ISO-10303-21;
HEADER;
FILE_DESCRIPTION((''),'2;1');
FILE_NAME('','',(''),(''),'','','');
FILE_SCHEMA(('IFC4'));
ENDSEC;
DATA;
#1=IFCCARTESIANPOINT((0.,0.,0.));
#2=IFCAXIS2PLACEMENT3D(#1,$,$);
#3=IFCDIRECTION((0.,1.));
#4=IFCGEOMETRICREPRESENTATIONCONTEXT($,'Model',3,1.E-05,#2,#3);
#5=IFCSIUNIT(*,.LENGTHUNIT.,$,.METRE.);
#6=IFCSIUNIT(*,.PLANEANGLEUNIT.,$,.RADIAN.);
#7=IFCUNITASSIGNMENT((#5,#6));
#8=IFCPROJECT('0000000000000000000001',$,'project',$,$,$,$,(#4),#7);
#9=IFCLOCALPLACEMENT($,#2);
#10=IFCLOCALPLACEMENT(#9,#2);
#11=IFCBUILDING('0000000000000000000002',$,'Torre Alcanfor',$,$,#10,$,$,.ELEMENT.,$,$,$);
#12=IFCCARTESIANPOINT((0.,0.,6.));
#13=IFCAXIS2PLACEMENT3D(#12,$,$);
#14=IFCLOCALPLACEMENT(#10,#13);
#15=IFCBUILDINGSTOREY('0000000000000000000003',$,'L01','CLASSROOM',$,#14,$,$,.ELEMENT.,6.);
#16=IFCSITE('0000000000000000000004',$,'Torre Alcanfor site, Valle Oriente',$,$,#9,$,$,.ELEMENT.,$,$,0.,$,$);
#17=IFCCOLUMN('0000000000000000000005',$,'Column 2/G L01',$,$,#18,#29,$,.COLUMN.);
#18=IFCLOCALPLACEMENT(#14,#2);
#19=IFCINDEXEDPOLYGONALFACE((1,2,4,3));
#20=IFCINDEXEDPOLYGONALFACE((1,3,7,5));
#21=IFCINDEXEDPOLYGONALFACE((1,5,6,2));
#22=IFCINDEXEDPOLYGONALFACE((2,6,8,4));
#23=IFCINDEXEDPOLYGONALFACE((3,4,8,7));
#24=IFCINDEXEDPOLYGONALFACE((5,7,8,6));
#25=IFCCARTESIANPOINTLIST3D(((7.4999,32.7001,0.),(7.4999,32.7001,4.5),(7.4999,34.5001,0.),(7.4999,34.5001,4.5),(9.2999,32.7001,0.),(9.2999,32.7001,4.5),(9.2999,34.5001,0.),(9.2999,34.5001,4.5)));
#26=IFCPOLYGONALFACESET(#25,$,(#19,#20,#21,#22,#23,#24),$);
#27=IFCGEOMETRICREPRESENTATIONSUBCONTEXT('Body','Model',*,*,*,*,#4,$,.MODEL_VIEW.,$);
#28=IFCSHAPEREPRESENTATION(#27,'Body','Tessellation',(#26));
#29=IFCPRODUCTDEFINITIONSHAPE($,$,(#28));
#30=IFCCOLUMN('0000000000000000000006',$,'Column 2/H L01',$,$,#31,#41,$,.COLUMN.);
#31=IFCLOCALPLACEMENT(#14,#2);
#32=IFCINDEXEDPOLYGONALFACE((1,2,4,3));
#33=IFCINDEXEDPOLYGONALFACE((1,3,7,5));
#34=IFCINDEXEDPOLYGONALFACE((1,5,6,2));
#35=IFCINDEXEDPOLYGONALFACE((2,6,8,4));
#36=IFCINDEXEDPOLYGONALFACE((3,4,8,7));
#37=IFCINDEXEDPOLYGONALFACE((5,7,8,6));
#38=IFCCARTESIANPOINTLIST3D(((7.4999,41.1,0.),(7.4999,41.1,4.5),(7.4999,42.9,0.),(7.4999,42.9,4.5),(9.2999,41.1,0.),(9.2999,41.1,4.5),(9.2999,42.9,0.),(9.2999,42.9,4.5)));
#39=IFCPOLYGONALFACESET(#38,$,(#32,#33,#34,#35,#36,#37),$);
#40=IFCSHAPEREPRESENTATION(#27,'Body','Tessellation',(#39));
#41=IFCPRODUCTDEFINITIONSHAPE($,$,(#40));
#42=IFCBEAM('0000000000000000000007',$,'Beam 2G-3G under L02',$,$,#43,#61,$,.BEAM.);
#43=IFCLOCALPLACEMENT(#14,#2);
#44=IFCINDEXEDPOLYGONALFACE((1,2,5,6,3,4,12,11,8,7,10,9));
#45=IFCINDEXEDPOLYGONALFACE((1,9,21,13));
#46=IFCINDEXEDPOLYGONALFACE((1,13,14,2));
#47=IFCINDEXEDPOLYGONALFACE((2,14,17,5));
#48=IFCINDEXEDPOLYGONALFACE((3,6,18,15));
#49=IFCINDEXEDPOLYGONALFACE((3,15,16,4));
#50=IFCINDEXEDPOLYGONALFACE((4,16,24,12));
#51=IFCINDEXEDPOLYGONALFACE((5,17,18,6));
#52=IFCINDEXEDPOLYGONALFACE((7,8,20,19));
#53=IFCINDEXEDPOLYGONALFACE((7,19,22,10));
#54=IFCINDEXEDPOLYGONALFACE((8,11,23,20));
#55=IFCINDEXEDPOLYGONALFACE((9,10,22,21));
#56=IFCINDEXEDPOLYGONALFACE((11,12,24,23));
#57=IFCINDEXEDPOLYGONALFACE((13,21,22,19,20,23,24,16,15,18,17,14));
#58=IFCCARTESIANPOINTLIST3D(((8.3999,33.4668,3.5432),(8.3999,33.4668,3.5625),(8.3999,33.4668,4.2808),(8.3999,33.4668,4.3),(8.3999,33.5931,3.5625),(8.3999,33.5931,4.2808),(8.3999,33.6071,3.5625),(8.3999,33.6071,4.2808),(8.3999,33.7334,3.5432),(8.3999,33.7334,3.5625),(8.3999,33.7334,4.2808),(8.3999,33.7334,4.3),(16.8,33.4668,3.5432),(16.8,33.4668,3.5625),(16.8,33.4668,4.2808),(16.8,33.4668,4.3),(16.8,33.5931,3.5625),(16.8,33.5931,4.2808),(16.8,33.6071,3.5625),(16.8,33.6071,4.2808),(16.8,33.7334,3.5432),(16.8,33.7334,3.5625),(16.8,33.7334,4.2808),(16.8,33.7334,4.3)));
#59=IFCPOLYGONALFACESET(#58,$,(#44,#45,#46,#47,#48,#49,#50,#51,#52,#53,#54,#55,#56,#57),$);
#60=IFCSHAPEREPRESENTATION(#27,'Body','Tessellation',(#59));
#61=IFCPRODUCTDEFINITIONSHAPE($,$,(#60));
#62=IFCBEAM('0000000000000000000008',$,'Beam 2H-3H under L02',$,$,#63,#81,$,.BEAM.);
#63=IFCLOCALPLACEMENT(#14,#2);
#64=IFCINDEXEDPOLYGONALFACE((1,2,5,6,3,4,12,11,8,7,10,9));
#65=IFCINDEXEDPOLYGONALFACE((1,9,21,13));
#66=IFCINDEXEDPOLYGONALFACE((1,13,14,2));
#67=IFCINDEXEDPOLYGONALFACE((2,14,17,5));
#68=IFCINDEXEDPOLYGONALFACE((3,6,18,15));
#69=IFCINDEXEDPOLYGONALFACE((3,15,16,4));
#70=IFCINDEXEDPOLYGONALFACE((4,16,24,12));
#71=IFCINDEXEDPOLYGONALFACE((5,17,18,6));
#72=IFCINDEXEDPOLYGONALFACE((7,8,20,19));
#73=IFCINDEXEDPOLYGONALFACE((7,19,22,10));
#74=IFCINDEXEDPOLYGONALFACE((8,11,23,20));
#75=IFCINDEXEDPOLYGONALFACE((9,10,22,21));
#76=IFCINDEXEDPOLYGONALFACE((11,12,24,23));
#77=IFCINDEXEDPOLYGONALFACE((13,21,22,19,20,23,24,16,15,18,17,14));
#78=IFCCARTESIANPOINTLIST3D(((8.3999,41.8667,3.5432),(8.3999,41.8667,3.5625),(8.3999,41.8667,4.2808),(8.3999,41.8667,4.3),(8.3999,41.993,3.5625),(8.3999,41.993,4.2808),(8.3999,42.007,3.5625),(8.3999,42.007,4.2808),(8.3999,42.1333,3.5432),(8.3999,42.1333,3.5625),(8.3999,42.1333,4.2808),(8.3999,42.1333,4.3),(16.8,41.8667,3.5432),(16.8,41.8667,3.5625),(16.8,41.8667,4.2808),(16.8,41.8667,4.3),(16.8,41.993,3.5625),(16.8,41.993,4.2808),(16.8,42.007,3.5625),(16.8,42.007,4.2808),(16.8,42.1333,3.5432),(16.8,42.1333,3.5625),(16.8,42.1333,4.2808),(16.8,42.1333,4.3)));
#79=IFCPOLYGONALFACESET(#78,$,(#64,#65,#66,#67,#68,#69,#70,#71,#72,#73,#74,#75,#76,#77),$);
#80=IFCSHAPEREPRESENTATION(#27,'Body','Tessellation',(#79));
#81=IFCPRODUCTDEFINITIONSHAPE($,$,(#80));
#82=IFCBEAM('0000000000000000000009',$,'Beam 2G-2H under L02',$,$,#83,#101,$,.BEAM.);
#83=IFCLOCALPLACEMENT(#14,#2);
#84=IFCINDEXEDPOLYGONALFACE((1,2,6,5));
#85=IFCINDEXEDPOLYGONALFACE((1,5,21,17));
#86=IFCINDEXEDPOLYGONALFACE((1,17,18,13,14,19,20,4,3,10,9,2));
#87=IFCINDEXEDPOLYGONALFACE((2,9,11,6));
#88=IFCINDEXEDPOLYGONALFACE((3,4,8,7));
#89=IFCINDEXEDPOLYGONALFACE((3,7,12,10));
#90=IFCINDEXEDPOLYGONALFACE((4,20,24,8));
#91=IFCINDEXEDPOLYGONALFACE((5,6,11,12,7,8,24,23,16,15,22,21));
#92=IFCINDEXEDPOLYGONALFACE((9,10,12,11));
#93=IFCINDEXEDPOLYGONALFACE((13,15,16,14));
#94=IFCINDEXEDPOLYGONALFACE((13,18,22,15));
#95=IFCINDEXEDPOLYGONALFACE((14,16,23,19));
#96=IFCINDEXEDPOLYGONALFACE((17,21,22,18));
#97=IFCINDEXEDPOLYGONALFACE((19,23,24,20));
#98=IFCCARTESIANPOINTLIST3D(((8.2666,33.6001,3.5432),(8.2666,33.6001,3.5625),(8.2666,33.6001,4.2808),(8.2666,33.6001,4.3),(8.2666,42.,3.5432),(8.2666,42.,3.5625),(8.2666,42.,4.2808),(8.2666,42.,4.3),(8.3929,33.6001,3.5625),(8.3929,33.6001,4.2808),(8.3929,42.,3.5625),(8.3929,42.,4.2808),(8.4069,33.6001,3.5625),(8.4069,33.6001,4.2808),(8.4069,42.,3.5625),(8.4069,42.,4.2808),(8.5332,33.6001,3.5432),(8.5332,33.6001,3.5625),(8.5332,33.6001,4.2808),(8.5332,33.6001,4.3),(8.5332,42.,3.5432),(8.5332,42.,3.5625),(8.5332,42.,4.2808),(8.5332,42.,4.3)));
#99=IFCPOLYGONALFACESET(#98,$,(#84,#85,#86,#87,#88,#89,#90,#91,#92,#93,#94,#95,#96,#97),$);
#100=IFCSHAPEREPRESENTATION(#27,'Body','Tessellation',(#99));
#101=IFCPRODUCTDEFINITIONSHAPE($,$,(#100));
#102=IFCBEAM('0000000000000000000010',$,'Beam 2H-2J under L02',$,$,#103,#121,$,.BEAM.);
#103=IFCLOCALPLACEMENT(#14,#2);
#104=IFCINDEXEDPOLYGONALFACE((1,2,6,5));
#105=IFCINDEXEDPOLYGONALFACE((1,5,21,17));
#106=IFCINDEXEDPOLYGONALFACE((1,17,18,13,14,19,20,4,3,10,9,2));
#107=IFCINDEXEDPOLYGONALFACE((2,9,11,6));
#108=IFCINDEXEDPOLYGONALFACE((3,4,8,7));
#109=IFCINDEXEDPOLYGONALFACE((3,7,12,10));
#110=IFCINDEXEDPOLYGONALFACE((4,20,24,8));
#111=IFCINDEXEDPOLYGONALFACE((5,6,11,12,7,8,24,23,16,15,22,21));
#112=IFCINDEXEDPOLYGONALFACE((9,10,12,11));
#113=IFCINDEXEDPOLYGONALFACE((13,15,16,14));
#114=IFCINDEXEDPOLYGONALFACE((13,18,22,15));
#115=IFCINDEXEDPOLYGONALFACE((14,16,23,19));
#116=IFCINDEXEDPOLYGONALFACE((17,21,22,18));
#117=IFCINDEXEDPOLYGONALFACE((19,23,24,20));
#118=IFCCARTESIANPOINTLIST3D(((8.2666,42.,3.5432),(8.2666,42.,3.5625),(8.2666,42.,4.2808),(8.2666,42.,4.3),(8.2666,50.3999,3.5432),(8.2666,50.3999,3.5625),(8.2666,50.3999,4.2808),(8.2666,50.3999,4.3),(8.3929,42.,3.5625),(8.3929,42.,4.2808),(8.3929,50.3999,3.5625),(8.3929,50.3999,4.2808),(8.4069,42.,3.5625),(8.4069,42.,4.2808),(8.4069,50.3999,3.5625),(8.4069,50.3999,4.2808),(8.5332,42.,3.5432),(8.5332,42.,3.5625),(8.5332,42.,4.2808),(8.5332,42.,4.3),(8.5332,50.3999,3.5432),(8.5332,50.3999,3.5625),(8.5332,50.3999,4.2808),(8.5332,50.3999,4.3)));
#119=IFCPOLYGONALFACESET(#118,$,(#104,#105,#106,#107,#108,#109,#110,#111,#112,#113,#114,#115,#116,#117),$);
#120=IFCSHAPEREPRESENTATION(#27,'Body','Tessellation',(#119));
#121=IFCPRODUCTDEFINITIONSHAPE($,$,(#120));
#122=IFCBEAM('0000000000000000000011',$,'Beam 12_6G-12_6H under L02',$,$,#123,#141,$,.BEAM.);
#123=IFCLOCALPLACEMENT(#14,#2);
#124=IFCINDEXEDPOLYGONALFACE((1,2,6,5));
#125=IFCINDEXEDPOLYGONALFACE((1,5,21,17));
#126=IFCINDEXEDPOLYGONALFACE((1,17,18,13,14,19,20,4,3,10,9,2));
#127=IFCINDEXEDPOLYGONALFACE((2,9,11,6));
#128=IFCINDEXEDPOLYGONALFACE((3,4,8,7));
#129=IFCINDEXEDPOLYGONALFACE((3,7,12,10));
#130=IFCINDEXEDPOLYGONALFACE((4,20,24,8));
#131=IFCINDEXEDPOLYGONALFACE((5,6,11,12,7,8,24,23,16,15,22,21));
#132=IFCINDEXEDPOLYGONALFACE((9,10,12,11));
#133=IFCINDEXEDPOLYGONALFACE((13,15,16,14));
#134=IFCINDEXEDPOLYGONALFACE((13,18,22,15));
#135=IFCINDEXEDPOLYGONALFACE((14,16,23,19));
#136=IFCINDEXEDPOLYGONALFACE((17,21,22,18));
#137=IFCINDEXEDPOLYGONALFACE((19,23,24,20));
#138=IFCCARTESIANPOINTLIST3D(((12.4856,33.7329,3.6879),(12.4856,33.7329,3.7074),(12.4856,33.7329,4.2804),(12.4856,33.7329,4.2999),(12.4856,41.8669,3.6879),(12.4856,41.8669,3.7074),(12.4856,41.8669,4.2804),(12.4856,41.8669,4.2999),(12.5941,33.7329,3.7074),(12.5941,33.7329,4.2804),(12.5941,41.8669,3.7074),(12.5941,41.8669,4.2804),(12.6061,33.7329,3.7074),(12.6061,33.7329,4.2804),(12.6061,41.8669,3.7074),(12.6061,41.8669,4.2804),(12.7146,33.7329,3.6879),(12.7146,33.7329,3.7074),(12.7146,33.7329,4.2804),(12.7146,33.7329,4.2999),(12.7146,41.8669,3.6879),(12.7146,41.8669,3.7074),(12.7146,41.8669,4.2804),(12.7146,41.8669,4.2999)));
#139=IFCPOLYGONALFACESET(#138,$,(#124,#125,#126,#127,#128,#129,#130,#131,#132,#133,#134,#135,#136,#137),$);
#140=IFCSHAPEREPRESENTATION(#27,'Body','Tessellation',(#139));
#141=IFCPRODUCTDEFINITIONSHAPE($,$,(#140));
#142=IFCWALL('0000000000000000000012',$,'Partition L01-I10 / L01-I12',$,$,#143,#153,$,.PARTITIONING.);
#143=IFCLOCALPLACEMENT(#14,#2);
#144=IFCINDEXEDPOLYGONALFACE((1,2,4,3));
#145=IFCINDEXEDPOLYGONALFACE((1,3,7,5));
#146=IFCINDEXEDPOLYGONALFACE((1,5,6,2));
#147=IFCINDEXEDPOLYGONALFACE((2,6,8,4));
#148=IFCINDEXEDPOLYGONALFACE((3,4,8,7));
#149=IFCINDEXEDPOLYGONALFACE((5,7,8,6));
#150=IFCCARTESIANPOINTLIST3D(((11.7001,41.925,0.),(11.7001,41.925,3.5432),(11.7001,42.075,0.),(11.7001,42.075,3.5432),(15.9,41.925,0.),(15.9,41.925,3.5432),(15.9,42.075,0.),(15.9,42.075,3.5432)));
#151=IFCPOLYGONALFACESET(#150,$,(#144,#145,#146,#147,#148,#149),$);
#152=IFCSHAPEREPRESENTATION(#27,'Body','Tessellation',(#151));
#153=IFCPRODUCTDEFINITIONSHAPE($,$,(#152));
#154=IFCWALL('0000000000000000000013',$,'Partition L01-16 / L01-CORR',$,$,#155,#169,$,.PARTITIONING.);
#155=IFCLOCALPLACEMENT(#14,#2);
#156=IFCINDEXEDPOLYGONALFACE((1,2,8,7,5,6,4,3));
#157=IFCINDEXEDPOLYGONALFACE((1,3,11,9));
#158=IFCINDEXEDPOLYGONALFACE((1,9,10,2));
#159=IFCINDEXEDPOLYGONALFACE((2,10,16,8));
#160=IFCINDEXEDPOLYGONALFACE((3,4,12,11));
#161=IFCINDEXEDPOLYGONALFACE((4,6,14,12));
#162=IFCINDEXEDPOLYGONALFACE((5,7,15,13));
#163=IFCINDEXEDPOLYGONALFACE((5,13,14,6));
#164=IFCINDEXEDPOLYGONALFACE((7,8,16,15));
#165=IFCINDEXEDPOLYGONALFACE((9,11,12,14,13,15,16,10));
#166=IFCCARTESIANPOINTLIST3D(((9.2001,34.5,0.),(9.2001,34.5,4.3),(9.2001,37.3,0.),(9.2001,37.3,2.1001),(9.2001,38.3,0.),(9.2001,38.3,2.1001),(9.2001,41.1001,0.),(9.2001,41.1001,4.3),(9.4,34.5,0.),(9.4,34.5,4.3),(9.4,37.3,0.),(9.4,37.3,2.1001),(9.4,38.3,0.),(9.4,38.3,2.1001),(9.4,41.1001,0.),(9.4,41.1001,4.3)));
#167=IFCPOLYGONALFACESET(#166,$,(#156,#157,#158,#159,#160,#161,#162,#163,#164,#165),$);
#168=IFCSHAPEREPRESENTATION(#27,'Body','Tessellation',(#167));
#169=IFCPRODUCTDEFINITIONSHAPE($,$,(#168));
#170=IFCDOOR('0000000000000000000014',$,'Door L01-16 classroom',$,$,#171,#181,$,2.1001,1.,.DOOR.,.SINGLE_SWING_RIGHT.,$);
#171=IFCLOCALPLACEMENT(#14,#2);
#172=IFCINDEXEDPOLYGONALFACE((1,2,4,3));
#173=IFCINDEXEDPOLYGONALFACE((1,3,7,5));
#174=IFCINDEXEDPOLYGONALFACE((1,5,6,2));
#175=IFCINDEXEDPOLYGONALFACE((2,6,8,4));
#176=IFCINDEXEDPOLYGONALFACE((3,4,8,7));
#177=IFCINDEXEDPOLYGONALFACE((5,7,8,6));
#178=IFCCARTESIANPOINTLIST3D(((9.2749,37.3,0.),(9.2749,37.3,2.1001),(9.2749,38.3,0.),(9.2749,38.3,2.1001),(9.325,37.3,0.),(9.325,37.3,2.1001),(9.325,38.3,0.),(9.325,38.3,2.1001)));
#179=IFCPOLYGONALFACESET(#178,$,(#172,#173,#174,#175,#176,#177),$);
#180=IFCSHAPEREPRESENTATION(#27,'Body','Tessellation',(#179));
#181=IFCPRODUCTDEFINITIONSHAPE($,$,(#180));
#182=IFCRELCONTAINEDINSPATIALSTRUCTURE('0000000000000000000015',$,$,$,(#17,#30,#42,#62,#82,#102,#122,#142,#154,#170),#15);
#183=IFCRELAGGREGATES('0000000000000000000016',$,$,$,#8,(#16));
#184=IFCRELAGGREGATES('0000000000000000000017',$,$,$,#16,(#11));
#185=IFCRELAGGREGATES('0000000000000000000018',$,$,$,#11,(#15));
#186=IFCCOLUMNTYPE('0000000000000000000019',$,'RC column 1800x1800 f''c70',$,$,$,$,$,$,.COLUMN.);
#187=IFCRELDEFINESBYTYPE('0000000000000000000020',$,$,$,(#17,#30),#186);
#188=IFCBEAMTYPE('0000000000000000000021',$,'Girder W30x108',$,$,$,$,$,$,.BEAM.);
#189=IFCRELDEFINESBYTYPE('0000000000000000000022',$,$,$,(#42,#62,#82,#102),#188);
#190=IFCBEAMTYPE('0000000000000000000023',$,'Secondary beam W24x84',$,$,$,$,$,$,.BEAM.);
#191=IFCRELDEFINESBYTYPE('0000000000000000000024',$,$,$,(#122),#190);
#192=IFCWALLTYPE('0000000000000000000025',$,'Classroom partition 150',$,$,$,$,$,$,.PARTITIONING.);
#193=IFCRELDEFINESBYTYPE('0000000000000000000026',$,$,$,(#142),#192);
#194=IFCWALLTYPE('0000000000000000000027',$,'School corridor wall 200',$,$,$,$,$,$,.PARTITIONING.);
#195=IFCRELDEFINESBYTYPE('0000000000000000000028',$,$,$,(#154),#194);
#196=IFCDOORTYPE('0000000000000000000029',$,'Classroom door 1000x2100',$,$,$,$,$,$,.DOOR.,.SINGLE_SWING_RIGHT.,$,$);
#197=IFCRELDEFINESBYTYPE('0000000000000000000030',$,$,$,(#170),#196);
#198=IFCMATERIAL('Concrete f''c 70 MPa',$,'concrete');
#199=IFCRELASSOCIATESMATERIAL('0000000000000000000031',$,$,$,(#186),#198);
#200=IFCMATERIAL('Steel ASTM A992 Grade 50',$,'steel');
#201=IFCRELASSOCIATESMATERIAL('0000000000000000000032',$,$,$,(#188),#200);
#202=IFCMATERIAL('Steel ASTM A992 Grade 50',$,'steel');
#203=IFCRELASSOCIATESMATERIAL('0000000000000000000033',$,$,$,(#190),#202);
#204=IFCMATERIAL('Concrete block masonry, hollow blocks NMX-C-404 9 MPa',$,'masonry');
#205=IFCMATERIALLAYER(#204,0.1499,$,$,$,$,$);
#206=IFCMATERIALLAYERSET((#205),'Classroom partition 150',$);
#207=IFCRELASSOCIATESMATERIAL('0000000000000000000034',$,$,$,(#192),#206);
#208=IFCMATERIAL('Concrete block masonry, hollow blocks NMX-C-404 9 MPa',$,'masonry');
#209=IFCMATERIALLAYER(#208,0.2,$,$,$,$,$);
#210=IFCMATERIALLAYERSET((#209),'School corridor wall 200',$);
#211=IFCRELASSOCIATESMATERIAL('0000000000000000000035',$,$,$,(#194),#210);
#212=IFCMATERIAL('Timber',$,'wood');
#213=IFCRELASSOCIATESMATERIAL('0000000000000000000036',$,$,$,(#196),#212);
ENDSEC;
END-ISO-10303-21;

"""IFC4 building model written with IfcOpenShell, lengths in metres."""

from ifc_helpers import new_model, si_unit, direction, frame, frame_2d, origin, origin_2d, place, context, subcontext, project, spatial, rectangle, i_section, extrude, material, layer, layer_set, material_profile, profile_set, type_object, element, fill, save


model = new_model("IFC4")

# Units and contexts
model_context = context("Model", 3, precision=1e-05, world=origin(), true_north=direction((0.0, 1.0)))
body_context = subcontext(model_context, "Body", "Model", "MODEL_VIEW")
ifc_project = project(units=[si_unit("LENGTHUNIT", "METRE"), si_unit("PLANEANGLEUNIT", "RADIAN")], contexts=[model_context])

# Site, building, storey
site_placement = place(None, origin())
site = spatial("IfcSite", under=ifc_project, at=site_placement, Name="Torre Alcanfor site, Valle Oriente", CompositionType="ELEMENT", RefElevation=0.0)
building_placement = place(site_placement, origin())
building = spatial("IfcBuilding", under=site, at=building_placement, Name="Torre Alcanfor", CompositionType="ELEMENT")
storey_placement = place(building_placement, frame((0.0, 0.0, 6.0)))
storey = spatial("IfcBuildingStorey", under=building, at=storey_placement, Name="L01", Description="CLASSROOM", CompositionType="ELEMENT", Elevation=6.0)

# Columns
ifc_material_1 = material(Name="Concrete f'c 70 MPa", Category="concrete")
ifc_material_profile_1 = material_profile(ifc_material_1, rectangle(XDim=1.8, YDim=1.8, at=origin_2d()), Name="1800x1800")
ifc_profile_set_1 = profile_set([ifc_material_profile_1], Name="Concrete f'c 70 MPa")
column_type = type_object("IfcColumnType", Name="RC column 1800x1800 f'c70", PredefinedType="COLUMN", material=ifc_profile_set_1)
for number, where, z_axis, x_axis, name in (
    (1, (8.3999, 33.6001, 0.0), (0.0, 0.0, 1.0), (1.0, 0.0, 0.0), "Column 2/G L01"),
    (2, (8.3999, 42.0, 0.0), (0.0, 0.0, 1.0), (1.0, 0.0, 0.0), "Column 2/H L01"),
):
    element("IfcColumn", number, at=place(storey_placement, frame(where, z_axis=z_axis, x_axis=x_axis)), inside=storey, type_object=column_type, Name=name, PredefinedType="COLUMN", context=body_context, shape_type="SweptSolid", body=[
        extrude(rectangle(XDim=1.8, YDim=1.8, at=origin_2d()), origin(), (0.0, 0.0, 1.0), 4.5),
    ])

# Beams
ifc_material_2 = material(Name="Steel ASTM A992 Grade 50", Category="steel")
ifc_material_profile_2 = material_profile(ifc_material_2, i_section(OverallWidth=0.2666, OverallDepth=0.7568, WebThickness=0.0139, FlangeThickness=0.0193, at=origin_2d()), Name="W30x108")
ifc_profile_set_2 = profile_set([ifc_material_profile_2], Name="Steel ASTM A992 Grade 50")
beam_type_1 = type_object("IfcBeamType", Name="Girder W30x108", PredefinedType="BEAM", material=ifc_profile_set_2)
for number, where, z_axis, x_axis, name in (
    (3, (8.3999, 33.6001, 3.9216), (1.0, 0.0, 0.0), (0.0, 1.0, 0.0), "Beam 2G-3G under L02"),
    (4, (8.3999, 42.0, 3.9216), (1.0, 0.0, 0.0), (0.0, 1.0, 0.0), "Beam 2H-3H under L02"),
):
    element("IfcBeam", number, at=place(storey_placement, frame(where, z_axis=z_axis, x_axis=x_axis)), inside=storey, type_object=beam_type_1, Name=name, PredefinedType="BEAM", context=body_context, shape_type="SweptSolid", body=[
        extrude(i_section(OverallWidth=0.2666, OverallDepth=0.7568, WebThickness=0.0139, FlangeThickness=0.0193, at=origin_2d()), origin(), (0.0, 0.0, 1.0), 8.4001),
    ])
for number, where, z_axis, x_axis, name in (
    (5, (8.3999, 33.6001, 3.9216), (0.0, 1.0, 0.0), (-1.0, 0.0, 0.0), "Beam 2G-2H under L02"),
    (6, (8.3999, 42.0, 3.9216), (0.0, 1.0, 0.0), (-1.0, 0.0, 0.0), "Beam 2H-2J under L02"),
):
    element("IfcBeam", number, at=place(storey_placement, frame(where, z_axis=z_axis, x_axis=x_axis)), inside=storey, type_object=beam_type_1, Name=name, PredefinedType="BEAM", context=body_context, shape_type="SweptSolid", body=[
        extrude(i_section(OverallWidth=0.2666, OverallDepth=0.7568, WebThickness=0.0139, FlangeThickness=0.0193, at=origin_2d()), origin(), (0.0, 0.0, 1.0), 8.3999),
    ])
ifc_material_3 = material(Name="Steel ASTM A992 Grade 50", Category="steel")
ifc_material_profile_3 = material_profile(ifc_material_3, i_section(OverallWidth=0.229, OverallDepth=0.6121, WebThickness=0.012, FlangeThickness=0.0195, at=origin_2d()), Name="W24x84")
ifc_profile_set_3 = profile_set([ifc_material_profile_3], Name="Steel ASTM A992 Grade 50")
beam_type_2 = type_object("IfcBeamType", Name="Secondary beam W24x84", PredefinedType="BEAM", material=ifc_profile_set_3)
beam_placement = place(storey_placement, frame((12.6001, 33.7329, 3.9939), z_axis=(0.0, 1.0, 0.0), x_axis=(-1.0, 0.0, 0.0)))
element("IfcBeam", 7, at=beam_placement, inside=storey, type_object=beam_type_2, Name="Beam 12_6G-12_6H under L02", PredefinedType="BEAM", context=body_context, shape_type="SweptSolid", body=[
    extrude(i_section(OverallWidth=0.229, OverallDepth=0.6121, WebThickness=0.012, FlangeThickness=0.0195, at=origin_2d()), origin(), (0.0, 0.0, 1.0), 8.134),
])

# Wall
ifc_material_4 = material(Name="Concrete block masonry, hollow blocks NMX-C-404 9 MPa", Category="masonry")
ifc_layer_1 = layer(ifc_material_4, 0.1499)
ifc_layer_set_1 = layer_set([ifc_layer_1], Name="Classroom partition 150")
wall_type_1 = type_object("IfcWallType", Name="Classroom partition 150", PredefinedType="PARTITIONING", material=ifc_layer_set_1)
wall_1_placement = place(storey_placement, frame((11.7, 42.0, 0.0), z_axis=(0.0, 0.0, 1.0), x_axis=(1.0, 0.0, 0.0)))
element("IfcWall", 8, at=wall_1_placement, inside=storey, type_object=wall_type_1, Name="Partition L01-I10 / L01-I12", PredefinedType="PARTITIONING", context=body_context, shape_type="SweptSolid", body=[
    extrude(rectangle(XDim=4.2, YDim=0.1499, at=frame_2d((2.1001, 0.0))), origin(), (0.0, 0.0, 1.0), 3.5432),
])

# Wall, opening, door
ifc_material_5 = material(Name="Concrete block masonry, hollow blocks NMX-C-404 9 MPa", Category="masonry")
ifc_layer_2 = layer(ifc_material_5, 0.2)
ifc_layer_set_2 = layer_set([ifc_layer_2], Name="School corridor wall 200")
wall_type_2 = type_object("IfcWallType", Name="School corridor wall 200", PredefinedType="PARTITIONING", material=ifc_layer_set_2)
wall_2_placement = place(storey_placement, frame((9.3, 41.1001, 0.0), z_axis=(0.0, 0.0, 1.0), x_axis=(0.0, -1.0, 0.0)))
wall_2 = element("IfcWall", 9, at=wall_2_placement, inside=storey, type_object=wall_type_2, Name="Partition L01-16 / L01-CORR", PredefinedType="PARTITIONING", context=body_context, shape_type="SweptSolid", body=[
    extrude(rectangle(XDim=6.6001, YDim=0.2, at=frame_2d((3.3, 0.0))), origin(), (0.0, 0.0, 1.0), 4.3),
])
opening_1_placement = place(wall_2_placement, frame((2.8, 0.0, 0.0)))
opening_1 = element("IfcOpeningElement", 10, at=opening_1_placement, cuts=wall_2, PredefinedType="OPENING", context=body_context, shape_type="SweptSolid", body=[
    extrude(rectangle(XDim=1.0, YDim=2.1001, at=frame_2d((0.5, 1.05))), frame((0.0, 0.1099, 0.0), z_axis=(0.0, -1.0, 0.0), x_axis=(1.0, 0.0, 0.0)), (0.0, 0.0, 1.0), 0.22),
])
ifc_material_6 = material(Name="Timber", Category="wood")
door_type_1 = type_object("IfcDoorType", Name="Classroom door 1000x2100", OperationType="SINGLE_SWING_RIGHT", PredefinedType="DOOR", material=ifc_material_6)
door_1_placement = place(opening_1_placement, frame((1.0, 0.0, 0.0), z_axis=(0.0, 0.0, 1.0), x_axis=(-1.0, 0.0, 0.0)))
door_1 = element("IfcDoor", 11, at=door_1_placement, inside=storey, type_object=door_type_1, Name="Door L01-16 classroom", OperationType="SINGLE_SWING_RIGHT", OverallHeight=2.1001, OverallWidth=1.0, PredefinedType="DOOR", context=body_context, shape_type="SweptSolid", body=[
    extrude(rectangle(XDim=1.0, YDim=2.1001, at=frame_2d((0.5, 1.05))), frame((0.0, 0.0251, 0.0), z_axis=(0.0, -1.0, 0.0), x_axis=(1.0, 0.0, 0.0)), (0.0, 0.0, 1.0), 0.05),
])
fill(opening_1, door_1)

save(model, "model.ifc")
